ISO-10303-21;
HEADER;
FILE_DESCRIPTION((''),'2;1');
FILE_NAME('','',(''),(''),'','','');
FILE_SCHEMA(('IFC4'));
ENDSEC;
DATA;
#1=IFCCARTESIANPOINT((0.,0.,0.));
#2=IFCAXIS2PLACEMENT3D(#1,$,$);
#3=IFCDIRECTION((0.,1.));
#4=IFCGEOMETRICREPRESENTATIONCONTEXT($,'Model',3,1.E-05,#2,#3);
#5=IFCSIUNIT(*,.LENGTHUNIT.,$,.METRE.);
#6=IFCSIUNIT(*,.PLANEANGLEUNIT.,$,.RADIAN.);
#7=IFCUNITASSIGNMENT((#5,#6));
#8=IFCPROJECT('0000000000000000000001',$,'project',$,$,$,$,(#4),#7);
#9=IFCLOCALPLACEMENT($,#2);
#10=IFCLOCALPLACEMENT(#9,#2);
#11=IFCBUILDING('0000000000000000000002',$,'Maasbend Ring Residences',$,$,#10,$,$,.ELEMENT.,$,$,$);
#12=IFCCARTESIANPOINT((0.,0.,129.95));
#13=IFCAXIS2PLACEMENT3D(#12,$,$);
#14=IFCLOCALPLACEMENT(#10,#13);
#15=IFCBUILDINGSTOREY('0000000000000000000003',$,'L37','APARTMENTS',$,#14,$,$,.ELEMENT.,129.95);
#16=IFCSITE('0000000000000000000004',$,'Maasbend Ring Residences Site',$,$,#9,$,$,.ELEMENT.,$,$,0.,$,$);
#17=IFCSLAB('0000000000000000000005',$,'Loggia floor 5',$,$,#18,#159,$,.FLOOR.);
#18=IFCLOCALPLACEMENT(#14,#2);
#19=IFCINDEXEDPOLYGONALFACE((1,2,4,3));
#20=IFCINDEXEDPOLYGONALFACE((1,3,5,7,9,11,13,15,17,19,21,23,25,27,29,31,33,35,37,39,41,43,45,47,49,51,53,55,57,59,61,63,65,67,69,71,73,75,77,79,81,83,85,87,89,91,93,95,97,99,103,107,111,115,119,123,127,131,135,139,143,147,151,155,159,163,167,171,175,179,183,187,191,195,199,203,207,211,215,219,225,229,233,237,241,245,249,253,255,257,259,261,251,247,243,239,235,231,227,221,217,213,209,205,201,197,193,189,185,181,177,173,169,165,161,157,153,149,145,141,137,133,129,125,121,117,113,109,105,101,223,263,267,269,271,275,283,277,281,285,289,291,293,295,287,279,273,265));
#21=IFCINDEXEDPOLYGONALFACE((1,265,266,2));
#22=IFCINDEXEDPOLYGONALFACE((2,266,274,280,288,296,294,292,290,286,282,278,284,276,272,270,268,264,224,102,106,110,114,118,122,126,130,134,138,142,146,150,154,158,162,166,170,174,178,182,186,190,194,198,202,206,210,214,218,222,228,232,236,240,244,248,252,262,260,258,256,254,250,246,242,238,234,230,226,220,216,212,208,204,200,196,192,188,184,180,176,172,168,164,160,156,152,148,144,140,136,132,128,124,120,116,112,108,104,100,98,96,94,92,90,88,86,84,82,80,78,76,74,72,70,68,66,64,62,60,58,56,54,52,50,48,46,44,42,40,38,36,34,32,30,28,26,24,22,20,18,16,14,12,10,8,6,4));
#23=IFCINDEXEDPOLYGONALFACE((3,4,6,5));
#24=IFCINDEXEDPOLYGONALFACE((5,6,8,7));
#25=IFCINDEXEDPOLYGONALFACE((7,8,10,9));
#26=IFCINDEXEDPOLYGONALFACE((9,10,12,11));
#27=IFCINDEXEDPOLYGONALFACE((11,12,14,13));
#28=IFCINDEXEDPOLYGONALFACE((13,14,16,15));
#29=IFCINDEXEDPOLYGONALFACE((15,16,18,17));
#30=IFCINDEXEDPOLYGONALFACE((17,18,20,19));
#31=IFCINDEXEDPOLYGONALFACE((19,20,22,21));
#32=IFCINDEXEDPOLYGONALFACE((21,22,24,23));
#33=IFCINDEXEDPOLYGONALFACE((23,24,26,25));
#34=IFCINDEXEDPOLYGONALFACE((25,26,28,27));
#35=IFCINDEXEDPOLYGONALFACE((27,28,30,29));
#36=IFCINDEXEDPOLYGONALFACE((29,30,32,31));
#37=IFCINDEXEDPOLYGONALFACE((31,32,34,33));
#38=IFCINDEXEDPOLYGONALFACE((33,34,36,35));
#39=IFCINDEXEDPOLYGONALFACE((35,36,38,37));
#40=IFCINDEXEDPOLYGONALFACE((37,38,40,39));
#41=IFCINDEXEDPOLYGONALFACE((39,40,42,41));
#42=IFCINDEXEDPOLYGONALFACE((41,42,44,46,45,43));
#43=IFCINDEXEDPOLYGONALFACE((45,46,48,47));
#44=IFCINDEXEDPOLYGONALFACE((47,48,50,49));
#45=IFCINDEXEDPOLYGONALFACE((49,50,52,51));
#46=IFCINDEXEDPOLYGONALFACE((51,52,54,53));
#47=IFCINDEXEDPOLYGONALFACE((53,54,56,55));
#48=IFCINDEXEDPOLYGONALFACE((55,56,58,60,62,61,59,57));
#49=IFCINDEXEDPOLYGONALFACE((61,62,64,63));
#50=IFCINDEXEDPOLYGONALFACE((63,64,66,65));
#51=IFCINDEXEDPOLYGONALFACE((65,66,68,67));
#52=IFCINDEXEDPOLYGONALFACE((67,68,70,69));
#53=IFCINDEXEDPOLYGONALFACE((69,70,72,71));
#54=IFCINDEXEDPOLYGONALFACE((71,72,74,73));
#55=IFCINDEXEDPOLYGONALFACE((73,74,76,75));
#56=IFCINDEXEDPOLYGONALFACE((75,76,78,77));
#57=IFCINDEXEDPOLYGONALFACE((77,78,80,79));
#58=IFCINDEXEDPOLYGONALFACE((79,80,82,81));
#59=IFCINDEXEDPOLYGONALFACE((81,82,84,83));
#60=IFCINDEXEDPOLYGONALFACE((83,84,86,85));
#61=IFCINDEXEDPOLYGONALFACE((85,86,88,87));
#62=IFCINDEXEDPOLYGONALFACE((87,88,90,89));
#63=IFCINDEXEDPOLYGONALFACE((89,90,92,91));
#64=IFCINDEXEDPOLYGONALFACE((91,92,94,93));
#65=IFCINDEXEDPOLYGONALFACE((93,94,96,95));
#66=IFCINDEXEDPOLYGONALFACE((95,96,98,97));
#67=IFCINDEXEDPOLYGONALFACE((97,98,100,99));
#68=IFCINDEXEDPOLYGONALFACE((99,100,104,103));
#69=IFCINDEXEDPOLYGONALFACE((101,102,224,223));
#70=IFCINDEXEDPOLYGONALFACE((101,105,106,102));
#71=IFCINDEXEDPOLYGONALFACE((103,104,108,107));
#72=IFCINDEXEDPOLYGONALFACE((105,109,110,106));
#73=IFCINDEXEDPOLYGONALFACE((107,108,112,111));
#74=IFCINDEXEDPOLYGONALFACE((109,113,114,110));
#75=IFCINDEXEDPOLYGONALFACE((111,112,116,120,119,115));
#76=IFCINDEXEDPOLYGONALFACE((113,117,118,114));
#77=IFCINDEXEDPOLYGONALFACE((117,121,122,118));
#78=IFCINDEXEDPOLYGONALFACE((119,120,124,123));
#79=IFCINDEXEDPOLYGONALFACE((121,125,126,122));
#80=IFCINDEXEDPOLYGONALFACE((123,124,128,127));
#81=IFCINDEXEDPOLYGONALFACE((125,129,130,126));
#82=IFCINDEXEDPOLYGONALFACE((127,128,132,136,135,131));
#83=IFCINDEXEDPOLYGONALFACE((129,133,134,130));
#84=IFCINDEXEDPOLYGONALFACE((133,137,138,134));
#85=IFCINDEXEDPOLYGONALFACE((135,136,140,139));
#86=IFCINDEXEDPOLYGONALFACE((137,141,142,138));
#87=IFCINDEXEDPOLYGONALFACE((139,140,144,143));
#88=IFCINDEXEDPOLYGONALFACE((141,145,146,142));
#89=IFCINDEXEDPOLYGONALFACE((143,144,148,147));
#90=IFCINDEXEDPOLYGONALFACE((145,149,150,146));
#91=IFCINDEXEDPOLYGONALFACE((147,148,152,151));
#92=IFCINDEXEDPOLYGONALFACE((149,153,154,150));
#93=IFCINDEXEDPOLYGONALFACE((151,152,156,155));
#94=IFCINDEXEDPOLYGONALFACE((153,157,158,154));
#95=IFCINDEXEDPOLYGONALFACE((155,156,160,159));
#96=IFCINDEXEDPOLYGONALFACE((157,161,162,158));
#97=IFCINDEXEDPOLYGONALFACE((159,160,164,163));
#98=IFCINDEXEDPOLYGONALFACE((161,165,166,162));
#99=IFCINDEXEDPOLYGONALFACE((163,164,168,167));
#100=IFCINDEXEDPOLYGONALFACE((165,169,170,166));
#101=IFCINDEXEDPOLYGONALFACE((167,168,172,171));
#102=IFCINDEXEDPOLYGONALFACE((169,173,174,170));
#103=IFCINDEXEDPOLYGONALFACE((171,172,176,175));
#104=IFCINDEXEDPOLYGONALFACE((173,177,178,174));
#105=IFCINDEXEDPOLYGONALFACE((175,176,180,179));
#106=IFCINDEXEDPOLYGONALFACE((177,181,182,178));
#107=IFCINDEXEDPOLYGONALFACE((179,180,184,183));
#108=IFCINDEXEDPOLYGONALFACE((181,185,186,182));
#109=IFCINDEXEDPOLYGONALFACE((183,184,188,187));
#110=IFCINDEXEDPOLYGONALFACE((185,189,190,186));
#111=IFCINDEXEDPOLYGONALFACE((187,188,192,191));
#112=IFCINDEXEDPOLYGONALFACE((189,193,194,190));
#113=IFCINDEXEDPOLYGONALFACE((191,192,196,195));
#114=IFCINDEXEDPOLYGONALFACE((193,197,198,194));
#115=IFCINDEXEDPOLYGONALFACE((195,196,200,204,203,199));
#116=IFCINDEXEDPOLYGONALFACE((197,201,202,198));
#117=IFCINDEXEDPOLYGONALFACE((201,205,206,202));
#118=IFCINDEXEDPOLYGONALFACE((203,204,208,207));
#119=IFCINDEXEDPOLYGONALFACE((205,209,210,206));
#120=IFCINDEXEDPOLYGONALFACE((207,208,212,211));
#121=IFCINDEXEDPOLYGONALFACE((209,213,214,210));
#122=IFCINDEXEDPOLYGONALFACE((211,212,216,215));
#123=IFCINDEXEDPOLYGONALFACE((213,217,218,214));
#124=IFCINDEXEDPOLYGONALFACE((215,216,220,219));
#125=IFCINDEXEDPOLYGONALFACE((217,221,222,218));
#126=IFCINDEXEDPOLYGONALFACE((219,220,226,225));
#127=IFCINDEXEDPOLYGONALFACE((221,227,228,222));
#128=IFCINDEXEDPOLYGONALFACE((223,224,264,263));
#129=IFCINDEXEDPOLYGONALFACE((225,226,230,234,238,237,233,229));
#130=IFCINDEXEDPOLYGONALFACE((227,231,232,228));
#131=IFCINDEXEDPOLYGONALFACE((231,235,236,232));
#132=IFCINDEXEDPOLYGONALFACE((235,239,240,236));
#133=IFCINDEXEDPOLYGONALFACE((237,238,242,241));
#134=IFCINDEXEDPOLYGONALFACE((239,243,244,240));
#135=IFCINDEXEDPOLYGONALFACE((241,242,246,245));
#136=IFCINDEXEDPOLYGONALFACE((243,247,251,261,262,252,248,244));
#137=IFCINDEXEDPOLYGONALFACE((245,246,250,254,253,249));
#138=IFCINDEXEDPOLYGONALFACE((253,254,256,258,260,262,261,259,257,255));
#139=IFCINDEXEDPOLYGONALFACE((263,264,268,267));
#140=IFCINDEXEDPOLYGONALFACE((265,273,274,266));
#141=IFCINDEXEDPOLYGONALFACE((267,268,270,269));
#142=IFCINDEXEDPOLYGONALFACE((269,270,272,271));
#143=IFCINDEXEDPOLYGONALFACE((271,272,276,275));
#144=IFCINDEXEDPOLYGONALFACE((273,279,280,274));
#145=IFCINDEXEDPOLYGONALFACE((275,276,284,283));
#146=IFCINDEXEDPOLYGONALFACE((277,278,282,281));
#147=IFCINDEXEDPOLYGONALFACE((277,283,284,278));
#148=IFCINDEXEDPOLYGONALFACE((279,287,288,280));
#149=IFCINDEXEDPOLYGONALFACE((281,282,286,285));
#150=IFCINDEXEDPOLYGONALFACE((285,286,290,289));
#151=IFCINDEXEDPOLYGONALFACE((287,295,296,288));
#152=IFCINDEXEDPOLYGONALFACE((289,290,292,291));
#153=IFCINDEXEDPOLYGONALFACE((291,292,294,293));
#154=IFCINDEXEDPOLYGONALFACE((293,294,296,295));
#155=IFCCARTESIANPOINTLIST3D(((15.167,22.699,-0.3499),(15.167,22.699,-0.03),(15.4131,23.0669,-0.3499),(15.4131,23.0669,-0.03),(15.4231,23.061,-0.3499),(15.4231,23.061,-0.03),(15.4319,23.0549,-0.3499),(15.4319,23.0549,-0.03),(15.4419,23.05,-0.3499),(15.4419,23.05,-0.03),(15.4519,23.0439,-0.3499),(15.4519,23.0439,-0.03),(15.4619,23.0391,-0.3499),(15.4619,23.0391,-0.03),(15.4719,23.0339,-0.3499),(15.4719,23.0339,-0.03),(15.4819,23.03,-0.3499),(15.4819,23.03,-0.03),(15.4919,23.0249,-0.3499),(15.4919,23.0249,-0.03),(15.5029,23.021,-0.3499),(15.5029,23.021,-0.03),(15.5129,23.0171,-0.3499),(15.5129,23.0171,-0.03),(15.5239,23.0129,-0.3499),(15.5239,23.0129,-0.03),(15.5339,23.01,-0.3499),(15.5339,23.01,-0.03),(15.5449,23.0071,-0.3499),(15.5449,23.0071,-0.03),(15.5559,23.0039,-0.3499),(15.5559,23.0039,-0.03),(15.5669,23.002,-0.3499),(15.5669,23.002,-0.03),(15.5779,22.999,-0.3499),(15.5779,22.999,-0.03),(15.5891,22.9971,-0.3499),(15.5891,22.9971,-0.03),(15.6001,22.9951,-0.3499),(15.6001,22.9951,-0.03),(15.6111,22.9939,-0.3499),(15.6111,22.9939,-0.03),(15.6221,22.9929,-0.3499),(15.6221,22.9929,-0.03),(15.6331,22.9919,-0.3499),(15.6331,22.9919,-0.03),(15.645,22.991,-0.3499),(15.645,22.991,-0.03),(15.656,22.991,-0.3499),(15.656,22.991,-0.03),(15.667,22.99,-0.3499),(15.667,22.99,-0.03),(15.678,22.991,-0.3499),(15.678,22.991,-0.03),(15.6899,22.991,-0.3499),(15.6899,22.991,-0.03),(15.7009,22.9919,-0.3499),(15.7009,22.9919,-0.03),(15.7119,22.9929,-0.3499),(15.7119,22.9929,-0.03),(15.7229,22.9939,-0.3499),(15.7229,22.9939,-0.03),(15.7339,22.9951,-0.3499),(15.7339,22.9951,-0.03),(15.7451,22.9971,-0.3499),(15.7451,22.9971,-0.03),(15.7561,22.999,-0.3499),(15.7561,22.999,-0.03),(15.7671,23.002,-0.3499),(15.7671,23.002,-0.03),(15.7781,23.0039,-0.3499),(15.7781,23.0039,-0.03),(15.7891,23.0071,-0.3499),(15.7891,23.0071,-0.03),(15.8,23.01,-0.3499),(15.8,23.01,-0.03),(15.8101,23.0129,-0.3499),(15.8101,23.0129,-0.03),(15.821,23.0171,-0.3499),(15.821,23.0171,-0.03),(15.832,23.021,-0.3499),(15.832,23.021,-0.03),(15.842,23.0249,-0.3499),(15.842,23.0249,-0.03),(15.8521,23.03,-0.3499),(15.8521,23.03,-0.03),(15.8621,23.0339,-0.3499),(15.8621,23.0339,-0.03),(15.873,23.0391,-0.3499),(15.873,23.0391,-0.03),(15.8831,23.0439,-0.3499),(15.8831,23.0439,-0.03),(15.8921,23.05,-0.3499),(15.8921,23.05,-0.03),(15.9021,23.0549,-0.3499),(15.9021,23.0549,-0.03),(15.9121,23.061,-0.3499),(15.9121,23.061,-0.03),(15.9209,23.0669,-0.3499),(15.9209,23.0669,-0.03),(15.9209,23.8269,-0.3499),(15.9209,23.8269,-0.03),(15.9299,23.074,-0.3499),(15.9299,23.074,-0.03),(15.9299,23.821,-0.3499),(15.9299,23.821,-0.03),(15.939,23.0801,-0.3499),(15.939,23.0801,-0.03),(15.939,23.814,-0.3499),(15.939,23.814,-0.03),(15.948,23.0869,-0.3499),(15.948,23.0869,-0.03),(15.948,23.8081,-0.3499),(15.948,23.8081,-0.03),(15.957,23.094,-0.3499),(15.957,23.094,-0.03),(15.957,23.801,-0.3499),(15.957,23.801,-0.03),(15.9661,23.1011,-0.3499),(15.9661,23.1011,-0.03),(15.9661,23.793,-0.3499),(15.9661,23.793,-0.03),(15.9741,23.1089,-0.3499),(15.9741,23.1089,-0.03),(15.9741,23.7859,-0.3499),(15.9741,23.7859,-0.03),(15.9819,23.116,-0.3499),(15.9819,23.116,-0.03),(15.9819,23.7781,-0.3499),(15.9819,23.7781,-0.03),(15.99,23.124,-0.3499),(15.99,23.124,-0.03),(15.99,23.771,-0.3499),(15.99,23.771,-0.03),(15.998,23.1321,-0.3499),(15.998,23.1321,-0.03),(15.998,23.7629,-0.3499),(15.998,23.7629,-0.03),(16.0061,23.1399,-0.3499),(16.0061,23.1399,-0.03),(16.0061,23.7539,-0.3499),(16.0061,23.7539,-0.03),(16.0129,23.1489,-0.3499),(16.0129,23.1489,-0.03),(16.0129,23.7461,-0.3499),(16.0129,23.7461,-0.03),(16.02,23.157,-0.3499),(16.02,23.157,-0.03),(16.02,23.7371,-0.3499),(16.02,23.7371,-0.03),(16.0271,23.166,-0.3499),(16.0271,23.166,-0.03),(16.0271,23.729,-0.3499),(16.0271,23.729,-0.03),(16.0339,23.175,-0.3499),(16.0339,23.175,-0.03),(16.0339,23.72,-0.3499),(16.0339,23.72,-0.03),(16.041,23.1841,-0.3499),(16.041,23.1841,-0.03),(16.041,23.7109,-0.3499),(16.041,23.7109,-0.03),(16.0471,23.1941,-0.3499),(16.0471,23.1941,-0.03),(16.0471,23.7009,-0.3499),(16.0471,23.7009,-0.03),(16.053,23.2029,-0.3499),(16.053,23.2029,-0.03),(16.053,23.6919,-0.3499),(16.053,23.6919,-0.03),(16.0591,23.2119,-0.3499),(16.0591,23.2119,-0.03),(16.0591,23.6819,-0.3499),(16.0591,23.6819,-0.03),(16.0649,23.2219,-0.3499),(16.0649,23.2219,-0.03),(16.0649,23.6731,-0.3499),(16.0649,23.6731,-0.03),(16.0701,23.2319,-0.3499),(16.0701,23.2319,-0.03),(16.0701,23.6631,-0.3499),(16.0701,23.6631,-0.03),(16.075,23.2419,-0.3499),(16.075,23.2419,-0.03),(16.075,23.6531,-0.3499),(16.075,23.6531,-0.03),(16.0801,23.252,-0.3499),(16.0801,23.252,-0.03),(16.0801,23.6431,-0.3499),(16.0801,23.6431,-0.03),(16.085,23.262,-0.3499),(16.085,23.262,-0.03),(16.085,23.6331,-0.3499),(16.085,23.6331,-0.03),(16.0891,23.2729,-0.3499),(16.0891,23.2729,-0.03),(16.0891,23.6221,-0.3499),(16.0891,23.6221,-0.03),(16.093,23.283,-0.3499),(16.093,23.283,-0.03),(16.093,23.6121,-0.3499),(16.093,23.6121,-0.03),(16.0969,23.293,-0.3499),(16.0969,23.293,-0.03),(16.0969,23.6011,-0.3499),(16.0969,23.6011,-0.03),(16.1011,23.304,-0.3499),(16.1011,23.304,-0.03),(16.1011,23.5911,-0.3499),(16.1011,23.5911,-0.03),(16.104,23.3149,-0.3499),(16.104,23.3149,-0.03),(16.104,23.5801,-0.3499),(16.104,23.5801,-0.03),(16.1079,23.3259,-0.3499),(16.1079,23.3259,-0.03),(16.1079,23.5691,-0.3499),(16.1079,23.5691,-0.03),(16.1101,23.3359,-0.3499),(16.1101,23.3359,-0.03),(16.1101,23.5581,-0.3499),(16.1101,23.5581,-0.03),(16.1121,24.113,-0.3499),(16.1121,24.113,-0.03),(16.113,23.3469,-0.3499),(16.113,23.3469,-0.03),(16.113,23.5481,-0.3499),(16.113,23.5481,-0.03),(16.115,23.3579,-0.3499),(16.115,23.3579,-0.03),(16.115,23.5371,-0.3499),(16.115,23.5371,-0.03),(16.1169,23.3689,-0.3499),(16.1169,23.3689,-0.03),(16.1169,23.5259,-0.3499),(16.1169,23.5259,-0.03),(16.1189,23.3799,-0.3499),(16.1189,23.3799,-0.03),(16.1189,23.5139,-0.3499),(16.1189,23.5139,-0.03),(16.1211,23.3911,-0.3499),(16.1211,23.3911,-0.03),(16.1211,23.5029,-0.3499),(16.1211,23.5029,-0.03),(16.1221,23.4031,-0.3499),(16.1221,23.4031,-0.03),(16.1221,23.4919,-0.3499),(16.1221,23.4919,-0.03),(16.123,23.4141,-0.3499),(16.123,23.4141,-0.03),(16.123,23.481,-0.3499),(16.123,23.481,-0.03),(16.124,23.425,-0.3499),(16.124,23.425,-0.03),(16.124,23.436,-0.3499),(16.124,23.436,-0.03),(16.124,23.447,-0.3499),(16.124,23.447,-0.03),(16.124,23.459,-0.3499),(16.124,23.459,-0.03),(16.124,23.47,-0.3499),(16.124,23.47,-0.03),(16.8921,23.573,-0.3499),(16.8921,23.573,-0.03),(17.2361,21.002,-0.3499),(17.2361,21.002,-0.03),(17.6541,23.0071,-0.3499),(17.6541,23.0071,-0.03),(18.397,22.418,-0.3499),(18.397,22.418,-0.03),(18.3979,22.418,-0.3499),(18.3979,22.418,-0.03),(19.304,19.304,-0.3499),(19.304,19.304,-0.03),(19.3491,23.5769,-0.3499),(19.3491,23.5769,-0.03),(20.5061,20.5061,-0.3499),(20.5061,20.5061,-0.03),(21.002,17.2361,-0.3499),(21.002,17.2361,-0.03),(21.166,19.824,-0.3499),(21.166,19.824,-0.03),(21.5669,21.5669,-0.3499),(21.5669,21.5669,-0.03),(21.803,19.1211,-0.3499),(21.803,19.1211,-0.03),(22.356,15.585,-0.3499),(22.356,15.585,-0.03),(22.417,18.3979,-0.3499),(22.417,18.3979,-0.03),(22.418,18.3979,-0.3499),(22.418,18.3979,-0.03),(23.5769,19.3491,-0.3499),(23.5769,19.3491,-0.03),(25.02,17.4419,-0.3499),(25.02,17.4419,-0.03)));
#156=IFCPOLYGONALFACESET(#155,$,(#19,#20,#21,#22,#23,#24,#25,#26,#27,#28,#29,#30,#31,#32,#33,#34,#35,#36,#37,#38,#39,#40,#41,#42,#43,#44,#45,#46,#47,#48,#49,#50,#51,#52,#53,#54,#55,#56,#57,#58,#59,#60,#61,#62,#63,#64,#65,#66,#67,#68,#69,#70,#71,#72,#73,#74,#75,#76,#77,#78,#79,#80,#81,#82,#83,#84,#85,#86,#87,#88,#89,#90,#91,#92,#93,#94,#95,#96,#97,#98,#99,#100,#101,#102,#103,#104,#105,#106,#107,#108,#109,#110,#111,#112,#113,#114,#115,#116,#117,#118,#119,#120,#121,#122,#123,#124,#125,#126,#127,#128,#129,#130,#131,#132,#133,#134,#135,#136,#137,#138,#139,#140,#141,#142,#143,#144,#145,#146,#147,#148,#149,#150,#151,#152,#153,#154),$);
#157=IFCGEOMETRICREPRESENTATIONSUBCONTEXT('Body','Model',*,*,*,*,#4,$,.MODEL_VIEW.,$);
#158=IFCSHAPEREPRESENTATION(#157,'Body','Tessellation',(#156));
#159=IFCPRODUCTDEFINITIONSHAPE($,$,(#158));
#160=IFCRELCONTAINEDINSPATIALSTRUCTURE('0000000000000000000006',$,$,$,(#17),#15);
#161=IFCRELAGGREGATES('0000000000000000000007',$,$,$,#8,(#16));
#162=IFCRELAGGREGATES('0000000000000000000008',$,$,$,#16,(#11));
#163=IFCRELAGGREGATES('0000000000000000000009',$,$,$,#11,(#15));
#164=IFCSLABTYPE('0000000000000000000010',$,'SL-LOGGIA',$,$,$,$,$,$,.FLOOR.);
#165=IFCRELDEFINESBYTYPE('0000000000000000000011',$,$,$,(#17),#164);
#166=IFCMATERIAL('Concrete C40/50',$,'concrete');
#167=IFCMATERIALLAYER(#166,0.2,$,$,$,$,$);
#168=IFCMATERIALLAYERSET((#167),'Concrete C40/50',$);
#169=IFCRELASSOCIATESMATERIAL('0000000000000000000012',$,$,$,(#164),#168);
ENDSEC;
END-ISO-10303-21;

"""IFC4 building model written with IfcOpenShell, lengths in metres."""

from ifc_helpers import new_model, si_unit, direction, frame, origin, place, context, subcontext, project, spatial, polyline, outline, extrude, material, layer, layer_set, type_object, element, save


model = new_model("IFC4")

# Units and contexts
model_context = context("Model", 3, precision=1e-05, world=origin(), true_north=direction((0.0, 1.0)))
body_context = subcontext(model_context, "Body", "Model", "MODEL_VIEW")
ifc_project = project(units=[si_unit("LENGTHUNIT", "METRE"), si_unit("PLANEANGLEUNIT", "RADIAN")], contexts=[model_context])

# Site, building, storey
site_placement = place(None, origin())
site = spatial("IfcSite", under=ifc_project, at=site_placement, Name="Maasbend Ring Residences Site", CompositionType="ELEMENT", RefElevation=0.0)
building_placement = place(site_placement, origin())
building = spatial("IfcBuilding", under=site, at=building_placement, Name="Maasbend Ring Residences", CompositionType="ELEMENT")
storey_placement = place(building_placement, frame((0.0, 0.0, 129.95)))
storey = spatial("IfcBuildingStorey", under=building, at=storey_placement, Name="L37", Description="APARTMENTS", CompositionType="ELEMENT", Elevation=129.95)

# Slab
ifc_material_1 = material(Name="Concrete C40/50", Category="concrete")
ifc_layer_1 = layer(ifc_material_1, 0.2)
ifc_layer_set_1 = layer_set([ifc_layer_1], Name="Concrete C40/50")
slab_type_1 = type_object("IfcSlabType", Name="SL-LOGGIA", PredefinedType="FLOOR", material=ifc_layer_set_1)
slab_1_placement = place(storey_placement, frame((0.0, 0.0, -0.3499)))
element("IfcSlab", 1, at=slab_1_placement, inside=storey, type_object=slab_type_1, Name="Loggia floor 5", PredefinedType="FLOOR", context=body_context, shape_type="SweptSolid", body=[
    extrude(outline(polyline([(15.4319, 23.0549), (15.4419, 23.05), (15.4519, 23.0439), (15.4619, 23.0391), (15.4719, 23.0339), (15.4819, 23.03), (15.4919, 23.0249), (15.5029, 23.021), (15.5129, 23.0171), (15.5239, 23.0129), (15.5339, 23.01), (15.5449, 23.0071), (15.5559, 23.0039), (15.5669, 23.002), (15.5779, 22.999), (15.5891, 22.9971), (15.6001, 22.9951), (15.6111, 22.9939), (15.6221, 22.9929), (15.6331, 22.9919), (15.645, 22.991), (15.656, 22.991), (15.667, 22.99), (15.678, 22.991), (15.6899, 22.991), (15.7009, 22.9919), (15.7119, 22.9929), (15.7229, 22.9939), (15.7339, 22.9951), (15.7451, 22.9971), (15.7561, 22.999), (15.7671, 23.002), (15.7781, 23.0039), (15.7891, 23.0071), (15.8, 23.01), (15.8101, 23.0129), (15.821, 23.0171), (15.832, 23.021), (15.842, 23.0249), (15.8521, 23.03), (15.8621, 23.0339), (15.873, 23.0391), (15.8831, 23.0439), (15.8921, 23.05), (15.9021, 23.0549), (15.9121, 23.061), (15.9209, 23.0669), (15.9299, 23.074), (15.939, 23.0801), (15.948, 23.0869), (15.957, 23.094), (15.9661, 23.1011), (15.9741, 23.1089), (15.9819, 23.116), (15.99, 23.124), (15.998, 23.1321), (16.0061, 23.1399), (16.0129, 23.1489), (16.02, 23.157), (16.0271, 23.166), (16.0339, 23.175), (16.041, 23.1841), (16.0471, 23.1941), (16.053, 23.2029), (16.0591, 23.2119), (16.0649, 23.2219), (16.0701, 23.2319), (16.075, 23.2419), (16.0801, 23.252), (16.085, 23.262), (16.0891, 23.2729), (16.093, 23.283), (16.0969, 23.293), (16.1011, 23.304), (16.104, 23.3149), (16.1079, 23.3259), (16.1101, 23.3359), (16.113, 23.3469), (16.115, 23.3579), (16.1169, 23.3689), (16.1189, 23.3799), (16.1211, 23.3911), (16.1221, 23.4031), (16.123, 23.4141), (16.124, 23.425), (16.124, 23.436), (16.124, 23.447), (16.124, 23.459), (16.124, 23.47), (16.123, 23.481), (16.1221, 23.4919), (16.1211, 23.5029), (16.1189, 23.5139), (16.1169, 23.5259), (16.115, 23.5371), (16.113, 23.5481), (16.1101, 23.5581), (16.1079, 23.5691), (16.104, 23.5801), (16.1011, 23.5911), (16.0969, 23.6011), (16.093, 23.6121), (16.0891, 23.6221), (16.085, 23.6331), (16.0801, 23.6431), (16.075, 23.6531), (16.0701, 23.6631), (16.0649, 23.6731), (16.0591, 23.6819), (16.053, 23.6919), (16.0471, 23.7009), (16.041, 23.7109), (16.0339, 23.72), (16.0271, 23.729), (16.02, 23.7371), (16.0129, 23.7461), (16.0061, 23.7539), (15.998, 23.7629), (15.99, 23.771), (15.9819, 23.7781), (15.9741, 23.7859), (15.9661, 23.793), (15.957, 23.801), (15.948, 23.8081), (15.939, 23.814), (15.9299, 23.821), (15.9209, 23.8269), (15.9209, 23.8269), (16.1121, 24.113), (16.1121, 24.113), (16.1121, 24.113), (16.8921, 23.573), (16.8921, 23.573), (17.6541, 23.0071), (17.6541, 23.0071), (18.397, 22.418), (18.397, 22.418), (18.397, 22.418), (18.397, 22.418), (18.397, 22.418), (18.397, 22.418), (18.397, 22.418), (18.397, 22.418), (18.397, 22.418), (18.397, 22.418), (18.397, 22.418), (18.3979, 22.418), (18.3979, 22.418), (18.3979, 22.418), (18.3979, 22.418), (18.3979, 22.418), (18.3979, 22.418), (19.3491, 23.5769), (19.3491, 23.5769), (19.3491, 23.5769), (21.5669, 21.5669), (21.5669, 21.5669), (21.5669, 21.5669), (20.5061, 20.5061), (20.5061, 20.5061), (20.5061, 20.5061), (20.5061, 20.5061), (20.5061, 20.5061), (20.5061, 20.5061), (20.5061, 20.5061), (20.5061, 20.5061), (20.5061, 20.5061), (20.5061, 20.5061), (20.5061, 20.5061), (20.5061, 20.5061), (20.5061, 20.5061), (20.5061, 20.5061), (20.5061, 20.5061), (20.5061, 20.5061), (20.5061, 20.5061), (21.166, 19.824), (21.166, 19.824), (21.803, 19.1211), (21.803, 19.1211), (22.417, 18.3979), (22.417, 18.3979), (22.417, 18.3979), (22.417, 18.3979), (22.417, 18.3979), (22.417, 18.3979), (22.417, 18.3979), (22.417, 18.3979), (22.417, 18.3979), (22.417, 18.3979), (22.417, 18.3979), (22.417, 18.3979), (22.418, 18.3979), (22.418, 18.3979), (22.418, 18.3979), (22.418, 18.3979), (22.418, 18.3979), (23.5769, 19.3491), (23.5769, 19.3491), (23.5769, 19.3491), (25.02, 17.4419), (25.02, 17.4419), (25.02, 17.4419), (22.356, 15.585), (22.356, 15.585), (22.356, 15.585), (21.002, 17.2361), (19.304, 19.304), (19.304, 19.304), (19.304, 19.304), (17.2361, 21.002), (15.167, 22.699), (15.167, 22.699), (15.167, 22.699), (15.4131, 23.0669), (15.4131, 23.0669), (15.4231, 23.061), (15.4319, 23.0549)])), origin(), (0.0, 0.0, 1.0), 0.3198),
])

save(model, "model.ifc")
